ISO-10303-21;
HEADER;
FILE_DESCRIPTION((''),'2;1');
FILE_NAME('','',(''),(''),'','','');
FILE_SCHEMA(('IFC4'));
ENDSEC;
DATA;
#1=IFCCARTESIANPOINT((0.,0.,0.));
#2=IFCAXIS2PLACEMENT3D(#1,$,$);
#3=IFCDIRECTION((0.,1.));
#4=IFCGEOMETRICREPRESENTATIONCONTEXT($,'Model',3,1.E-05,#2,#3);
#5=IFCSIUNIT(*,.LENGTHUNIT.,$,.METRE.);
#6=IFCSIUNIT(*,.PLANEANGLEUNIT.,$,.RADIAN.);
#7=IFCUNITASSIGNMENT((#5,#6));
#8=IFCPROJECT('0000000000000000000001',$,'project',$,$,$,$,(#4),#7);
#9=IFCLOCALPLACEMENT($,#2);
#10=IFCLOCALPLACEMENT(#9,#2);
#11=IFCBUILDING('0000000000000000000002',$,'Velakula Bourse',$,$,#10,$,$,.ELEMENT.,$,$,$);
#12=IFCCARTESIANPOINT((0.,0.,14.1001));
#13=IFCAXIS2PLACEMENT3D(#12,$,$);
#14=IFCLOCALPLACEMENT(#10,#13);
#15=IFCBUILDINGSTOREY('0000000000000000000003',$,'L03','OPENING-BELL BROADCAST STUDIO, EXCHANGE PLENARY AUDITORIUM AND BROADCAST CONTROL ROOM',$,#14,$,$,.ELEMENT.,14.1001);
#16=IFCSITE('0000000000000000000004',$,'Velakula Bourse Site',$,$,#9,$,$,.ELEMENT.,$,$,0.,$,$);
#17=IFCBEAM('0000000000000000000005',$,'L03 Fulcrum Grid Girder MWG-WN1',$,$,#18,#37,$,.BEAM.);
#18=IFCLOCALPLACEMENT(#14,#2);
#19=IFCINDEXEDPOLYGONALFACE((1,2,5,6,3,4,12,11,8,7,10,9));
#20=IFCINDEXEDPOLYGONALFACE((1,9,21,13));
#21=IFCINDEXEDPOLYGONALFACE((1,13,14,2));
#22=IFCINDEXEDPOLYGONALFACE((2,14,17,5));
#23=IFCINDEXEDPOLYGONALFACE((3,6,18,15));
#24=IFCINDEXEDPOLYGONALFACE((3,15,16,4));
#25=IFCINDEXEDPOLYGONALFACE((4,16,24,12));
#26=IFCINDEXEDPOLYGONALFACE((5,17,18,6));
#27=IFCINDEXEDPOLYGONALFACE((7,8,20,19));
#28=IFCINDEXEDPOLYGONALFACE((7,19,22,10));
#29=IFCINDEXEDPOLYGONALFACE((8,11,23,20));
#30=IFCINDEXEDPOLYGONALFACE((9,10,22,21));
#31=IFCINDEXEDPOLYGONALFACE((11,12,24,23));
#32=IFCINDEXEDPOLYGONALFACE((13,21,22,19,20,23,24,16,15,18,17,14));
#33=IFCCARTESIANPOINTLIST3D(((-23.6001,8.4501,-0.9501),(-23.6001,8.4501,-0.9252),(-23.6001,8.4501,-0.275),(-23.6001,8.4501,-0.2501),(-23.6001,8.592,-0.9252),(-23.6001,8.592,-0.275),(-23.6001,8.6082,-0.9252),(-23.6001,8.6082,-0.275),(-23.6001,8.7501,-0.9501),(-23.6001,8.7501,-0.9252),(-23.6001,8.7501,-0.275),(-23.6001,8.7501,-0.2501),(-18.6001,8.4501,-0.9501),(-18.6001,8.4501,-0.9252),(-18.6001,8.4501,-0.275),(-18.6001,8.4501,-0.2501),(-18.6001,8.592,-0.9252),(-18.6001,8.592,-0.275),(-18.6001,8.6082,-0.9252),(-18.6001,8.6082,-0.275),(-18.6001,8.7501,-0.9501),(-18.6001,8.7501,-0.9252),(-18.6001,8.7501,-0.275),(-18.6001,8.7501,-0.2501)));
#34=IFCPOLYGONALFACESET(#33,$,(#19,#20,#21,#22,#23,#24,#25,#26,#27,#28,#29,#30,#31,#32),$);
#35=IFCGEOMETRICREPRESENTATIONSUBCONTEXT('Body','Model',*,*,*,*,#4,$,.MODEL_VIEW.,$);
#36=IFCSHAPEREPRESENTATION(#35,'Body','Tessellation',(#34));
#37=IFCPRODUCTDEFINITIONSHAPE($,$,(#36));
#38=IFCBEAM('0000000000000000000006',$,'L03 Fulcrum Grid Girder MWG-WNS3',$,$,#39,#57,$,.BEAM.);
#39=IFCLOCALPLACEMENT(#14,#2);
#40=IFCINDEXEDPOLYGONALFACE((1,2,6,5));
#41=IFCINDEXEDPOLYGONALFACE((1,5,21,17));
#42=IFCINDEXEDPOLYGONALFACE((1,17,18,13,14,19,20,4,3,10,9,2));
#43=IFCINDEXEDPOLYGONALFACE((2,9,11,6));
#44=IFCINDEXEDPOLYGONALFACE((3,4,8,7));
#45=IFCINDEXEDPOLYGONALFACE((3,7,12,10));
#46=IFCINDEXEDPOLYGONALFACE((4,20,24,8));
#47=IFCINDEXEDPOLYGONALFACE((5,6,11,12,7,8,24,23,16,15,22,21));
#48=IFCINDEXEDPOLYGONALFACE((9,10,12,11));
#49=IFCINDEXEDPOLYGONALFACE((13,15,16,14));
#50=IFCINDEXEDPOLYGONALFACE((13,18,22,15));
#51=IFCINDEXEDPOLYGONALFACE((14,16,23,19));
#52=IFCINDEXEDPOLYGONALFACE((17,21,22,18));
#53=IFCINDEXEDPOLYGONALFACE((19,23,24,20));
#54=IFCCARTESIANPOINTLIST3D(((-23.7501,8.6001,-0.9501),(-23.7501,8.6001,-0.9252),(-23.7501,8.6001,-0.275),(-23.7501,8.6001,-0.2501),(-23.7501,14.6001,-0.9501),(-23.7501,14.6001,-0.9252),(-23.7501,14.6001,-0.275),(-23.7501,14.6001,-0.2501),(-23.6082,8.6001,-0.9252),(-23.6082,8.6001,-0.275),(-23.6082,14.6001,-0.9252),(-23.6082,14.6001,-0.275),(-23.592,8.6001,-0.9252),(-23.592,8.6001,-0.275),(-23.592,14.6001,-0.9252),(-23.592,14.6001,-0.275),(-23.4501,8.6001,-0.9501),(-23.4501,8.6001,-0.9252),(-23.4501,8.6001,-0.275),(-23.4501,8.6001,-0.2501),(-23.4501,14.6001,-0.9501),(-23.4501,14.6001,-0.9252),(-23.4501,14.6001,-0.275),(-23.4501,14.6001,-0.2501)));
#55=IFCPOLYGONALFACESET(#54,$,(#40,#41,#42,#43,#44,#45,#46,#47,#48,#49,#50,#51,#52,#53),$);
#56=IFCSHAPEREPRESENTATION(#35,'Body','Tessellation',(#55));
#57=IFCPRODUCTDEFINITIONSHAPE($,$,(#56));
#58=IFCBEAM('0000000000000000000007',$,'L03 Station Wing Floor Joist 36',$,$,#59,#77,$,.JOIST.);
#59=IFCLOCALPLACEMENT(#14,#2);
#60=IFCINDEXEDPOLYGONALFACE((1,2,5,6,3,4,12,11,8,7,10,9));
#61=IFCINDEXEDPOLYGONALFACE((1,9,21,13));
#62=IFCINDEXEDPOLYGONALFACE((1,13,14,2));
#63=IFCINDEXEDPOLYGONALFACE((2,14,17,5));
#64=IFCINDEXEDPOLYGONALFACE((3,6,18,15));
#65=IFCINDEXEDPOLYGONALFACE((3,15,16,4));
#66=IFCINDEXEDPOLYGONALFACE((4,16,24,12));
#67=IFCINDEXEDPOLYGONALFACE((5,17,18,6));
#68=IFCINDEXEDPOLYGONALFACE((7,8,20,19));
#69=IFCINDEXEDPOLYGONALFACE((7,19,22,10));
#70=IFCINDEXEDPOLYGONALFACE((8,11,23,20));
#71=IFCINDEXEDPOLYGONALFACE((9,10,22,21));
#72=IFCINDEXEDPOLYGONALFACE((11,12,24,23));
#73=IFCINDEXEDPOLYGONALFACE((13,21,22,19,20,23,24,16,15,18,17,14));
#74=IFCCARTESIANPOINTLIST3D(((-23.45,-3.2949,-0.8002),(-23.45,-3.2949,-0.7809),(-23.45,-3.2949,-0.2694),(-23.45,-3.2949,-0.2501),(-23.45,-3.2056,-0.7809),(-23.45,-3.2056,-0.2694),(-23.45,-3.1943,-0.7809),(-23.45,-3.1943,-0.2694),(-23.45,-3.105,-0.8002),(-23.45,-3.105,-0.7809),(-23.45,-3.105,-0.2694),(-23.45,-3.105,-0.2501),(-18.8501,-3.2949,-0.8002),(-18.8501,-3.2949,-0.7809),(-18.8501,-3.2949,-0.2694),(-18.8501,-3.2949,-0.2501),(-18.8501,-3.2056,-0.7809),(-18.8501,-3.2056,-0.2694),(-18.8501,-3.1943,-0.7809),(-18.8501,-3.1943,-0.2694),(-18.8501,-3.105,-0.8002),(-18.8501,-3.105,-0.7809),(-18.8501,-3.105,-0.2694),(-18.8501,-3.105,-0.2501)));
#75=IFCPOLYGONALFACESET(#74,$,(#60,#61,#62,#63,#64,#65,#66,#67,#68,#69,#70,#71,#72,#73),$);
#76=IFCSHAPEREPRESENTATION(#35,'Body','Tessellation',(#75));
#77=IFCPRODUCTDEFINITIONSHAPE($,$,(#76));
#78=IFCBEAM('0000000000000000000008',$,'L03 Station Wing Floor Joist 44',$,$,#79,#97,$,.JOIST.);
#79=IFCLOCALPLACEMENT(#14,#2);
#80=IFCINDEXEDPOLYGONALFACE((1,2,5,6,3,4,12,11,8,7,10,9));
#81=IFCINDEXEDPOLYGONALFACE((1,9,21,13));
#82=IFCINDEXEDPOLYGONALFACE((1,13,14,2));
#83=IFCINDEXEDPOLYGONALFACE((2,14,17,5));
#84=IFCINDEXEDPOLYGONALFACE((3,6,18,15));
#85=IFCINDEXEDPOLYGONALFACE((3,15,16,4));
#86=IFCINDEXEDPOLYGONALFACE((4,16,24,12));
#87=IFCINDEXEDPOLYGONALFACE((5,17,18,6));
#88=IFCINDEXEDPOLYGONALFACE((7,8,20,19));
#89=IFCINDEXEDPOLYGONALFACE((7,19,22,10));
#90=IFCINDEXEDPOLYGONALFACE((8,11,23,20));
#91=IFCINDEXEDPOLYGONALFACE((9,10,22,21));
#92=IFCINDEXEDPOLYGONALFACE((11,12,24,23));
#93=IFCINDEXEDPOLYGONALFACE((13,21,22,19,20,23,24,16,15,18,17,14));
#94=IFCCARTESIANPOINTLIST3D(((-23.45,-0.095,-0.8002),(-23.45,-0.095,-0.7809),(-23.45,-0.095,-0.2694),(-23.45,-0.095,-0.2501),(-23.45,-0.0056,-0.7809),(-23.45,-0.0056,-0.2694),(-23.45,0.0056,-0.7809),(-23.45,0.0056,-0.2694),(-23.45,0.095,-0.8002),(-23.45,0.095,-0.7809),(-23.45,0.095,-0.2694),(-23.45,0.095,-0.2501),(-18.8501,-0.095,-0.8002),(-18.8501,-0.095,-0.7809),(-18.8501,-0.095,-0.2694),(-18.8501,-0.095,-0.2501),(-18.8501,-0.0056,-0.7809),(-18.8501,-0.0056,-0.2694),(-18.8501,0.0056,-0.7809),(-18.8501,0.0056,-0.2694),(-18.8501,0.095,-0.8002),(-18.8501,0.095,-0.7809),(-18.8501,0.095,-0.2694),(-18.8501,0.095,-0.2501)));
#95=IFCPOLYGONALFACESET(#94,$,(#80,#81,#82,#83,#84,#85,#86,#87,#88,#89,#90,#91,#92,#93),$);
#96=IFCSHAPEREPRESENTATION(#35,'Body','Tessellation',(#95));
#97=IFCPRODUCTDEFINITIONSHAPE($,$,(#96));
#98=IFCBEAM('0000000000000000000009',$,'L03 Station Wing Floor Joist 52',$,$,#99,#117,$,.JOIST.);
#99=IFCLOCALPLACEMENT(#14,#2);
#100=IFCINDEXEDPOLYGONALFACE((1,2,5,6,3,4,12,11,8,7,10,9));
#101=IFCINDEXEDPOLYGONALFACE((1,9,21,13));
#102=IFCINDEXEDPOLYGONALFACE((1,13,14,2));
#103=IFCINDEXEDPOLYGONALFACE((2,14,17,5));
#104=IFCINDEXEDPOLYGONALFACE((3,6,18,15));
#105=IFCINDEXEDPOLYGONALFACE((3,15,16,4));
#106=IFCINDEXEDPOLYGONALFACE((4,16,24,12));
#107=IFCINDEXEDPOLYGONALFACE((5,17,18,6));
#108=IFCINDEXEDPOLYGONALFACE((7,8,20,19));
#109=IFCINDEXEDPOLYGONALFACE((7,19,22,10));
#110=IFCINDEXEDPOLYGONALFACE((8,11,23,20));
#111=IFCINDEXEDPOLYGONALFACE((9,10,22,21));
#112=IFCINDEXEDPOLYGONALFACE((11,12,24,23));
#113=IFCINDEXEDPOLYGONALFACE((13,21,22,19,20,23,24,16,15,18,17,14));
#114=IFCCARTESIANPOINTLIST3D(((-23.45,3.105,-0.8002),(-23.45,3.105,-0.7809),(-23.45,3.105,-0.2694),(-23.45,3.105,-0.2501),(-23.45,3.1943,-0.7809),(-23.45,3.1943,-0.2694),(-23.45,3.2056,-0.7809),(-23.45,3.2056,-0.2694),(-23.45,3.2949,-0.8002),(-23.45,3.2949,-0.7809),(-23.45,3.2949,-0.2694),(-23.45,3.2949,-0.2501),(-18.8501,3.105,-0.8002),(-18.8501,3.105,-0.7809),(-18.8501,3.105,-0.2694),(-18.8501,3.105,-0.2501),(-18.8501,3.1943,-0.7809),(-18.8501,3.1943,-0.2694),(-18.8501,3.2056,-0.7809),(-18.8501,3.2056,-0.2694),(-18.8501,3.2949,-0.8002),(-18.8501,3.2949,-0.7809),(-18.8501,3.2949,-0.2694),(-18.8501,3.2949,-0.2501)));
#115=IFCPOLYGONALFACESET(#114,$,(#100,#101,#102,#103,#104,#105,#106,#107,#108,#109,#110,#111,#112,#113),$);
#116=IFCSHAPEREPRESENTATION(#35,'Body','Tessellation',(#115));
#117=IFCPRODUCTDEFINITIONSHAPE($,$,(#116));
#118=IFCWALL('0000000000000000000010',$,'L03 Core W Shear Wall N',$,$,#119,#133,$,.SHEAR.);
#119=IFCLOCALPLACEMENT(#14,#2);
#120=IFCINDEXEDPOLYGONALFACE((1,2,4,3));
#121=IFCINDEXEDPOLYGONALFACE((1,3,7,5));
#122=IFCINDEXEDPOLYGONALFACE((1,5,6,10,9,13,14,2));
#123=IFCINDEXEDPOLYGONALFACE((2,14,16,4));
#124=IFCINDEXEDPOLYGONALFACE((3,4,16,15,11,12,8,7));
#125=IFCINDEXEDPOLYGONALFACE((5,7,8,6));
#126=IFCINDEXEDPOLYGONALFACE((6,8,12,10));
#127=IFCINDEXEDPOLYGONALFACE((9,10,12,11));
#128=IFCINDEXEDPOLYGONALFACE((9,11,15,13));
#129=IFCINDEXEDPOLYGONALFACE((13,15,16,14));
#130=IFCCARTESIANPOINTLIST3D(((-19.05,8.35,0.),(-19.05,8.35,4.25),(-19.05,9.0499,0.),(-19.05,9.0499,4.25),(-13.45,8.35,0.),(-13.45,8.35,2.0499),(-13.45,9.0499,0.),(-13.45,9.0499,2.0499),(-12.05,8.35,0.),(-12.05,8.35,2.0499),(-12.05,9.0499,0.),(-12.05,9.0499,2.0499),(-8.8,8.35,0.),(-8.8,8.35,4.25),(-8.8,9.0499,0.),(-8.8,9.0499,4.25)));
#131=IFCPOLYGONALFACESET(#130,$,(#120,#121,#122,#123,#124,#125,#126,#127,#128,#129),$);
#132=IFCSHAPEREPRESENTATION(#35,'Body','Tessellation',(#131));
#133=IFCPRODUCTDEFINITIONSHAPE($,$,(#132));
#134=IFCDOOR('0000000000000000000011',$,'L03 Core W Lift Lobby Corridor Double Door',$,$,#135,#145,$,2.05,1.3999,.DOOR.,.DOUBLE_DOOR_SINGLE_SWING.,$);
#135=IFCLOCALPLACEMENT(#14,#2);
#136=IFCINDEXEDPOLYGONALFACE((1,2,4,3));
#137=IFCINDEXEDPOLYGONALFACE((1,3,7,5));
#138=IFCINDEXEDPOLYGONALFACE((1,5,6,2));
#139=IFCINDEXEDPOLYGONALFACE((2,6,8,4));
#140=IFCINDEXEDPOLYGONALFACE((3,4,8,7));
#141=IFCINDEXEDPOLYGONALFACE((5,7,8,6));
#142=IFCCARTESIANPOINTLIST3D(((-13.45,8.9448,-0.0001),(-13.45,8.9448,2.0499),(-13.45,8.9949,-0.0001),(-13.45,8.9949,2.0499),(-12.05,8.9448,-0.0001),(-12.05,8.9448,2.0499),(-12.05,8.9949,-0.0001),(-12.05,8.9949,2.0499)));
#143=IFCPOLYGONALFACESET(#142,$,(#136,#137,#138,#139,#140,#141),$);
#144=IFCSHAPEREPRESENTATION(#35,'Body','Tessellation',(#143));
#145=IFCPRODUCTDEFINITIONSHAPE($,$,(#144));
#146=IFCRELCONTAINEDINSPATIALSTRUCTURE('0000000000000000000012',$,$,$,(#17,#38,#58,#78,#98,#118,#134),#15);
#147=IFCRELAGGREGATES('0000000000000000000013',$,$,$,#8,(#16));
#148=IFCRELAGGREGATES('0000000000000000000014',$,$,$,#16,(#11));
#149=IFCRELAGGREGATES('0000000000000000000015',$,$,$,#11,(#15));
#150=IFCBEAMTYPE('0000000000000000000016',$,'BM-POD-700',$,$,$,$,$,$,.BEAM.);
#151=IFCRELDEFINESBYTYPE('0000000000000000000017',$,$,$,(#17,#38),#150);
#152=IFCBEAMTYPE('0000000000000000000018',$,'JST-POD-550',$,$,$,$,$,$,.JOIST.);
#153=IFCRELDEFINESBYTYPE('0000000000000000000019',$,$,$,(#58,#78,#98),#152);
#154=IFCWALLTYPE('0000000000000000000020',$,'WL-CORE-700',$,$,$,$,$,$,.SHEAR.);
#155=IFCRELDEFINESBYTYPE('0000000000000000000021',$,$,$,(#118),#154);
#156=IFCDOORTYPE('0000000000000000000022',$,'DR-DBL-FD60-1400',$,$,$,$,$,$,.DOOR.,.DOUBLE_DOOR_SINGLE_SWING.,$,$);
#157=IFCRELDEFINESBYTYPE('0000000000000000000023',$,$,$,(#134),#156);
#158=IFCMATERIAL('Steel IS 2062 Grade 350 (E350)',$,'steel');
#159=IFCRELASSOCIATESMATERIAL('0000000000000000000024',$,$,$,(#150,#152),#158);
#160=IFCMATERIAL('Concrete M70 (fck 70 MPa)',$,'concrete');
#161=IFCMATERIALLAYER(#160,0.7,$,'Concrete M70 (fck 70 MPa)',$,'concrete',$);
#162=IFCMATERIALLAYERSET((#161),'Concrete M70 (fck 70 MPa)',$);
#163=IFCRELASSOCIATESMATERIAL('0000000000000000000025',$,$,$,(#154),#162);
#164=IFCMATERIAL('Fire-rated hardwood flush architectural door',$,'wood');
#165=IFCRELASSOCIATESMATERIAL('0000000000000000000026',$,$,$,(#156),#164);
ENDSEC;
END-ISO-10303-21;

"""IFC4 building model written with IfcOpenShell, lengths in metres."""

from ifc_helpers import new_model, si_unit, direction, frame, frame_2d, origin, origin_2d, place, context, subcontext, project, spatial, rectangle, i_section, extrude, material, layer, layer_set, material_profile, profile_set, type_object, element, fill, save


model = new_model("IFC4")

# Units and contexts
model_context = context("Model", 3, precision=1e-05, world=origin(), true_north=direction((0.0, 1.0)))
body_context = subcontext(model_context, "Body", "Model", "MODEL_VIEW")
ifc_project = project(units=[si_unit("LENGTHUNIT", "METRE"), si_unit("PLANEANGLEUNIT", "RADIAN")], contexts=[model_context])

# Site, building, storey
site_placement = place(None, origin())
site = spatial("IfcSite", under=ifc_project, at=site_placement, Name="Velakula Bourse Site", CompositionType="ELEMENT", RefElevation=0.0)
building_placement = place(site_placement, origin())
building = spatial("IfcBuilding", under=site, at=building_placement, Name="Velakula Bourse", CompositionType="ELEMENT")
storey_placement = place(building_placement, frame((0.0, 0.0, 14.1001)))
storey = spatial("IfcBuildingStorey", under=building, at=storey_placement, Name="L03", Description="OPENING-BELL BROADCAST STUDIO, EXCHANGE PLENARY AUDITORIUM AND BROADCAST CONTROL ROOM", CompositionType="ELEMENT", Elevation=14.1001)

# Shared definitions
ifc_material_1 = material(Name="Concrete M70 (fck 70 MPa)", Category="concrete")

# Beams
ifc_material_2 = material(Name="Steel IS 2062 Grade 350 (E350)", Category="steel")
ifc_material_profile_1 = material_profile(ifc_material_2, i_section(OverallWidth=0.3, OverallDepth=0.7, WebThickness=0.0161, FlangeThickness=0.0249, at=origin_2d()), Name="Steel IS 2062 Grade 350 (E350)")
ifc_profile_set_1 = profile_set([ifc_material_profile_1], Name="Steel IS 2062 Grade 350 (E350)")
beam_type_1 = type_object("IfcBeamType", Name="BM-POD-700", PredefinedType="BEAM", material=ifc_profile_set_1)
beam_1_placement = place(storey_placement, frame((-23.6001, 8.6001, -0.6001), z_axis=(1.0, 0.0, 0.0), x_axis=(0.0, 1.0, 0.0)))
element("IfcBeam", 1, at=beam_1_placement, inside=storey, type_object=beam_type_1, Name="L03 Fulcrum Grid Girder MWG-WN1", PredefinedType="BEAM", context=body_context, shape_type="SweptSolid", body=[
    extrude(i_section(OverallWidth=0.3, OverallDepth=0.7, WebThickness=0.0161, FlangeThickness=0.0249, at=origin_2d()), origin(), (0.0, 0.0, 1.0), 5.0),
])
beam_2_placement = place(storey_placement, frame((-23.6001, 8.6001, -0.6001), z_axis=(0.0, 1.0, 0.0), x_axis=(-1.0, 0.0, 0.0)))
element("IfcBeam", 2, at=beam_2_placement, inside=storey, type_object=beam_type_1, Name="L03 Fulcrum Grid Girder MWG-WNS3", PredefinedType="BEAM", context=body_context, shape_type="SweptSolid", body=[
    extrude(i_section(OverallWidth=0.3, OverallDepth=0.7, WebThickness=0.0161, FlangeThickness=0.0249, at=origin_2d()), origin(), (0.0, 0.0, 1.0), 6.0),
])
ifc_material_profile_2 = material_profile(ifc_material_2, i_section(OverallWidth=0.1899, OverallDepth=0.55, WebThickness=0.0112, FlangeThickness=0.0193, at=origin_2d()), Name="Steel IS 2062 Grade 350 (E350)")
ifc_profile_set_2 = profile_set([ifc_material_profile_2], Name="Steel IS 2062 Grade 350 (E350)")
beam_type_2 = type_object("IfcBeamType", Name="JST-POD-550", PredefinedType="JOIST", material=ifc_profile_set_2)
for number, where, z_axis, x_axis, name in (
    (3, (-23.45, -3.2, -0.5251), (1.0, 0.0, 0.0), (0.0, 1.0, 0.0), "L03 Station Wing Floor Joist 36"),
    (4, (-23.45, 0.0, -0.5251), (1.0, 0.0, 0.0), (0.0, 1.0, 0.0), "L03 Station Wing Floor Joist 44"),
    (5, (-23.45, 3.2, -0.5251), (1.0, 0.0, 0.0), (0.0, 1.0, 0.0), "L03 Station Wing Floor Joist 52"),
):
    element("IfcBeam", number, at=place(storey_placement, frame(where, z_axis=z_axis, x_axis=x_axis)), inside=storey, type_object=beam_type_2, Name=name, PredefinedType="JOIST", context=body_context, shape_type="SweptSolid", body=[
        extrude(i_section(OverallWidth=0.1899, OverallDepth=0.55, WebThickness=0.0112, FlangeThickness=0.0193, at=origin_2d()), origin(), (0.0, 0.0, 1.0), 4.5999),
    ])

# Wall, opening, door
ifc_layer = layer(ifc_material_1, 0.7, Name="Concrete M70 (fck 70 MPa)", Category="concrete")
ifc_layer_set = layer_set([ifc_layer], Name="Concrete M70 (fck 70 MPa)")
wall_type = type_object("IfcWallType", Name="WL-CORE-700", PredefinedType="SHEAR", material=ifc_layer_set)
wall_placement = place(storey_placement, frame((-19.05, 8.7, 0.0), z_axis=(0.0, 0.0, 1.0), x_axis=(1.0, 0.0, 0.0)))
wall = element("IfcWall", 6, at=wall_placement, inside=storey, type_object=wall_type, Name="L03 Core W Shear Wall N", PredefinedType="SHEAR", context=body_context, shape_type="SweptSolid", body=[
    extrude(rectangle(XDim=10.25, YDim=0.7, at=frame_2d((5.125, 0.0))), origin(), (0.0, 0.0, 1.0), 4.25),
])
opening_placement = place(wall_placement, frame((5.6001, 0.0, 0.0)))
opening = element("IfcOpeningElement", 7, at=opening_placement, cuts=wall, PredefinedType="OPENING", context=body_context, shape_type="SweptSolid", body=[
    extrude(rectangle(XDim=1.3999, YDim=2.05, at=frame_2d((0.7, 1.0249))), frame((0.0, 0.3599, 0.0), z_axis=(0.0, -1.0, 0.0), x_axis=(1.0, 0.0, 0.0)), (0.0, 0.0, 1.0), 0.72),
])
ifc_material_3 = material(Name="Fire-rated hardwood flush architectural door", Category="wood")
door_type = type_object("IfcDoorType", Name="DR-DBL-FD60-1400", OperationType="DOUBLE_DOOR_SINGLE_SWING", PredefinedType="DOOR", material=ifc_material_3)
door_placement = place(opening_placement, origin())
door = element("IfcDoor", 8, at=door_placement, inside=storey, type_object=door_type, Name="L03 Core W Lift Lobby Corridor Double Door", OperationType="DOUBLE_DOOR_SINGLE_SWING", OverallHeight=2.05, OverallWidth=1.3999, PredefinedType="DOOR", context=body_context, shape_type="SweptSolid", body=[
    extrude(rectangle(XDim=1.3999, YDim=2.05, at=frame_2d((0.7, 1.0249))), frame((0.0, 0.2949, 0.0), z_axis=(0.0, -1.0, 0.0), x_axis=(1.0, 0.0, 0.0)), (0.0, 0.0, 1.0), 0.05),
])
fill(opening, door)

save(model, "model.ifc")
